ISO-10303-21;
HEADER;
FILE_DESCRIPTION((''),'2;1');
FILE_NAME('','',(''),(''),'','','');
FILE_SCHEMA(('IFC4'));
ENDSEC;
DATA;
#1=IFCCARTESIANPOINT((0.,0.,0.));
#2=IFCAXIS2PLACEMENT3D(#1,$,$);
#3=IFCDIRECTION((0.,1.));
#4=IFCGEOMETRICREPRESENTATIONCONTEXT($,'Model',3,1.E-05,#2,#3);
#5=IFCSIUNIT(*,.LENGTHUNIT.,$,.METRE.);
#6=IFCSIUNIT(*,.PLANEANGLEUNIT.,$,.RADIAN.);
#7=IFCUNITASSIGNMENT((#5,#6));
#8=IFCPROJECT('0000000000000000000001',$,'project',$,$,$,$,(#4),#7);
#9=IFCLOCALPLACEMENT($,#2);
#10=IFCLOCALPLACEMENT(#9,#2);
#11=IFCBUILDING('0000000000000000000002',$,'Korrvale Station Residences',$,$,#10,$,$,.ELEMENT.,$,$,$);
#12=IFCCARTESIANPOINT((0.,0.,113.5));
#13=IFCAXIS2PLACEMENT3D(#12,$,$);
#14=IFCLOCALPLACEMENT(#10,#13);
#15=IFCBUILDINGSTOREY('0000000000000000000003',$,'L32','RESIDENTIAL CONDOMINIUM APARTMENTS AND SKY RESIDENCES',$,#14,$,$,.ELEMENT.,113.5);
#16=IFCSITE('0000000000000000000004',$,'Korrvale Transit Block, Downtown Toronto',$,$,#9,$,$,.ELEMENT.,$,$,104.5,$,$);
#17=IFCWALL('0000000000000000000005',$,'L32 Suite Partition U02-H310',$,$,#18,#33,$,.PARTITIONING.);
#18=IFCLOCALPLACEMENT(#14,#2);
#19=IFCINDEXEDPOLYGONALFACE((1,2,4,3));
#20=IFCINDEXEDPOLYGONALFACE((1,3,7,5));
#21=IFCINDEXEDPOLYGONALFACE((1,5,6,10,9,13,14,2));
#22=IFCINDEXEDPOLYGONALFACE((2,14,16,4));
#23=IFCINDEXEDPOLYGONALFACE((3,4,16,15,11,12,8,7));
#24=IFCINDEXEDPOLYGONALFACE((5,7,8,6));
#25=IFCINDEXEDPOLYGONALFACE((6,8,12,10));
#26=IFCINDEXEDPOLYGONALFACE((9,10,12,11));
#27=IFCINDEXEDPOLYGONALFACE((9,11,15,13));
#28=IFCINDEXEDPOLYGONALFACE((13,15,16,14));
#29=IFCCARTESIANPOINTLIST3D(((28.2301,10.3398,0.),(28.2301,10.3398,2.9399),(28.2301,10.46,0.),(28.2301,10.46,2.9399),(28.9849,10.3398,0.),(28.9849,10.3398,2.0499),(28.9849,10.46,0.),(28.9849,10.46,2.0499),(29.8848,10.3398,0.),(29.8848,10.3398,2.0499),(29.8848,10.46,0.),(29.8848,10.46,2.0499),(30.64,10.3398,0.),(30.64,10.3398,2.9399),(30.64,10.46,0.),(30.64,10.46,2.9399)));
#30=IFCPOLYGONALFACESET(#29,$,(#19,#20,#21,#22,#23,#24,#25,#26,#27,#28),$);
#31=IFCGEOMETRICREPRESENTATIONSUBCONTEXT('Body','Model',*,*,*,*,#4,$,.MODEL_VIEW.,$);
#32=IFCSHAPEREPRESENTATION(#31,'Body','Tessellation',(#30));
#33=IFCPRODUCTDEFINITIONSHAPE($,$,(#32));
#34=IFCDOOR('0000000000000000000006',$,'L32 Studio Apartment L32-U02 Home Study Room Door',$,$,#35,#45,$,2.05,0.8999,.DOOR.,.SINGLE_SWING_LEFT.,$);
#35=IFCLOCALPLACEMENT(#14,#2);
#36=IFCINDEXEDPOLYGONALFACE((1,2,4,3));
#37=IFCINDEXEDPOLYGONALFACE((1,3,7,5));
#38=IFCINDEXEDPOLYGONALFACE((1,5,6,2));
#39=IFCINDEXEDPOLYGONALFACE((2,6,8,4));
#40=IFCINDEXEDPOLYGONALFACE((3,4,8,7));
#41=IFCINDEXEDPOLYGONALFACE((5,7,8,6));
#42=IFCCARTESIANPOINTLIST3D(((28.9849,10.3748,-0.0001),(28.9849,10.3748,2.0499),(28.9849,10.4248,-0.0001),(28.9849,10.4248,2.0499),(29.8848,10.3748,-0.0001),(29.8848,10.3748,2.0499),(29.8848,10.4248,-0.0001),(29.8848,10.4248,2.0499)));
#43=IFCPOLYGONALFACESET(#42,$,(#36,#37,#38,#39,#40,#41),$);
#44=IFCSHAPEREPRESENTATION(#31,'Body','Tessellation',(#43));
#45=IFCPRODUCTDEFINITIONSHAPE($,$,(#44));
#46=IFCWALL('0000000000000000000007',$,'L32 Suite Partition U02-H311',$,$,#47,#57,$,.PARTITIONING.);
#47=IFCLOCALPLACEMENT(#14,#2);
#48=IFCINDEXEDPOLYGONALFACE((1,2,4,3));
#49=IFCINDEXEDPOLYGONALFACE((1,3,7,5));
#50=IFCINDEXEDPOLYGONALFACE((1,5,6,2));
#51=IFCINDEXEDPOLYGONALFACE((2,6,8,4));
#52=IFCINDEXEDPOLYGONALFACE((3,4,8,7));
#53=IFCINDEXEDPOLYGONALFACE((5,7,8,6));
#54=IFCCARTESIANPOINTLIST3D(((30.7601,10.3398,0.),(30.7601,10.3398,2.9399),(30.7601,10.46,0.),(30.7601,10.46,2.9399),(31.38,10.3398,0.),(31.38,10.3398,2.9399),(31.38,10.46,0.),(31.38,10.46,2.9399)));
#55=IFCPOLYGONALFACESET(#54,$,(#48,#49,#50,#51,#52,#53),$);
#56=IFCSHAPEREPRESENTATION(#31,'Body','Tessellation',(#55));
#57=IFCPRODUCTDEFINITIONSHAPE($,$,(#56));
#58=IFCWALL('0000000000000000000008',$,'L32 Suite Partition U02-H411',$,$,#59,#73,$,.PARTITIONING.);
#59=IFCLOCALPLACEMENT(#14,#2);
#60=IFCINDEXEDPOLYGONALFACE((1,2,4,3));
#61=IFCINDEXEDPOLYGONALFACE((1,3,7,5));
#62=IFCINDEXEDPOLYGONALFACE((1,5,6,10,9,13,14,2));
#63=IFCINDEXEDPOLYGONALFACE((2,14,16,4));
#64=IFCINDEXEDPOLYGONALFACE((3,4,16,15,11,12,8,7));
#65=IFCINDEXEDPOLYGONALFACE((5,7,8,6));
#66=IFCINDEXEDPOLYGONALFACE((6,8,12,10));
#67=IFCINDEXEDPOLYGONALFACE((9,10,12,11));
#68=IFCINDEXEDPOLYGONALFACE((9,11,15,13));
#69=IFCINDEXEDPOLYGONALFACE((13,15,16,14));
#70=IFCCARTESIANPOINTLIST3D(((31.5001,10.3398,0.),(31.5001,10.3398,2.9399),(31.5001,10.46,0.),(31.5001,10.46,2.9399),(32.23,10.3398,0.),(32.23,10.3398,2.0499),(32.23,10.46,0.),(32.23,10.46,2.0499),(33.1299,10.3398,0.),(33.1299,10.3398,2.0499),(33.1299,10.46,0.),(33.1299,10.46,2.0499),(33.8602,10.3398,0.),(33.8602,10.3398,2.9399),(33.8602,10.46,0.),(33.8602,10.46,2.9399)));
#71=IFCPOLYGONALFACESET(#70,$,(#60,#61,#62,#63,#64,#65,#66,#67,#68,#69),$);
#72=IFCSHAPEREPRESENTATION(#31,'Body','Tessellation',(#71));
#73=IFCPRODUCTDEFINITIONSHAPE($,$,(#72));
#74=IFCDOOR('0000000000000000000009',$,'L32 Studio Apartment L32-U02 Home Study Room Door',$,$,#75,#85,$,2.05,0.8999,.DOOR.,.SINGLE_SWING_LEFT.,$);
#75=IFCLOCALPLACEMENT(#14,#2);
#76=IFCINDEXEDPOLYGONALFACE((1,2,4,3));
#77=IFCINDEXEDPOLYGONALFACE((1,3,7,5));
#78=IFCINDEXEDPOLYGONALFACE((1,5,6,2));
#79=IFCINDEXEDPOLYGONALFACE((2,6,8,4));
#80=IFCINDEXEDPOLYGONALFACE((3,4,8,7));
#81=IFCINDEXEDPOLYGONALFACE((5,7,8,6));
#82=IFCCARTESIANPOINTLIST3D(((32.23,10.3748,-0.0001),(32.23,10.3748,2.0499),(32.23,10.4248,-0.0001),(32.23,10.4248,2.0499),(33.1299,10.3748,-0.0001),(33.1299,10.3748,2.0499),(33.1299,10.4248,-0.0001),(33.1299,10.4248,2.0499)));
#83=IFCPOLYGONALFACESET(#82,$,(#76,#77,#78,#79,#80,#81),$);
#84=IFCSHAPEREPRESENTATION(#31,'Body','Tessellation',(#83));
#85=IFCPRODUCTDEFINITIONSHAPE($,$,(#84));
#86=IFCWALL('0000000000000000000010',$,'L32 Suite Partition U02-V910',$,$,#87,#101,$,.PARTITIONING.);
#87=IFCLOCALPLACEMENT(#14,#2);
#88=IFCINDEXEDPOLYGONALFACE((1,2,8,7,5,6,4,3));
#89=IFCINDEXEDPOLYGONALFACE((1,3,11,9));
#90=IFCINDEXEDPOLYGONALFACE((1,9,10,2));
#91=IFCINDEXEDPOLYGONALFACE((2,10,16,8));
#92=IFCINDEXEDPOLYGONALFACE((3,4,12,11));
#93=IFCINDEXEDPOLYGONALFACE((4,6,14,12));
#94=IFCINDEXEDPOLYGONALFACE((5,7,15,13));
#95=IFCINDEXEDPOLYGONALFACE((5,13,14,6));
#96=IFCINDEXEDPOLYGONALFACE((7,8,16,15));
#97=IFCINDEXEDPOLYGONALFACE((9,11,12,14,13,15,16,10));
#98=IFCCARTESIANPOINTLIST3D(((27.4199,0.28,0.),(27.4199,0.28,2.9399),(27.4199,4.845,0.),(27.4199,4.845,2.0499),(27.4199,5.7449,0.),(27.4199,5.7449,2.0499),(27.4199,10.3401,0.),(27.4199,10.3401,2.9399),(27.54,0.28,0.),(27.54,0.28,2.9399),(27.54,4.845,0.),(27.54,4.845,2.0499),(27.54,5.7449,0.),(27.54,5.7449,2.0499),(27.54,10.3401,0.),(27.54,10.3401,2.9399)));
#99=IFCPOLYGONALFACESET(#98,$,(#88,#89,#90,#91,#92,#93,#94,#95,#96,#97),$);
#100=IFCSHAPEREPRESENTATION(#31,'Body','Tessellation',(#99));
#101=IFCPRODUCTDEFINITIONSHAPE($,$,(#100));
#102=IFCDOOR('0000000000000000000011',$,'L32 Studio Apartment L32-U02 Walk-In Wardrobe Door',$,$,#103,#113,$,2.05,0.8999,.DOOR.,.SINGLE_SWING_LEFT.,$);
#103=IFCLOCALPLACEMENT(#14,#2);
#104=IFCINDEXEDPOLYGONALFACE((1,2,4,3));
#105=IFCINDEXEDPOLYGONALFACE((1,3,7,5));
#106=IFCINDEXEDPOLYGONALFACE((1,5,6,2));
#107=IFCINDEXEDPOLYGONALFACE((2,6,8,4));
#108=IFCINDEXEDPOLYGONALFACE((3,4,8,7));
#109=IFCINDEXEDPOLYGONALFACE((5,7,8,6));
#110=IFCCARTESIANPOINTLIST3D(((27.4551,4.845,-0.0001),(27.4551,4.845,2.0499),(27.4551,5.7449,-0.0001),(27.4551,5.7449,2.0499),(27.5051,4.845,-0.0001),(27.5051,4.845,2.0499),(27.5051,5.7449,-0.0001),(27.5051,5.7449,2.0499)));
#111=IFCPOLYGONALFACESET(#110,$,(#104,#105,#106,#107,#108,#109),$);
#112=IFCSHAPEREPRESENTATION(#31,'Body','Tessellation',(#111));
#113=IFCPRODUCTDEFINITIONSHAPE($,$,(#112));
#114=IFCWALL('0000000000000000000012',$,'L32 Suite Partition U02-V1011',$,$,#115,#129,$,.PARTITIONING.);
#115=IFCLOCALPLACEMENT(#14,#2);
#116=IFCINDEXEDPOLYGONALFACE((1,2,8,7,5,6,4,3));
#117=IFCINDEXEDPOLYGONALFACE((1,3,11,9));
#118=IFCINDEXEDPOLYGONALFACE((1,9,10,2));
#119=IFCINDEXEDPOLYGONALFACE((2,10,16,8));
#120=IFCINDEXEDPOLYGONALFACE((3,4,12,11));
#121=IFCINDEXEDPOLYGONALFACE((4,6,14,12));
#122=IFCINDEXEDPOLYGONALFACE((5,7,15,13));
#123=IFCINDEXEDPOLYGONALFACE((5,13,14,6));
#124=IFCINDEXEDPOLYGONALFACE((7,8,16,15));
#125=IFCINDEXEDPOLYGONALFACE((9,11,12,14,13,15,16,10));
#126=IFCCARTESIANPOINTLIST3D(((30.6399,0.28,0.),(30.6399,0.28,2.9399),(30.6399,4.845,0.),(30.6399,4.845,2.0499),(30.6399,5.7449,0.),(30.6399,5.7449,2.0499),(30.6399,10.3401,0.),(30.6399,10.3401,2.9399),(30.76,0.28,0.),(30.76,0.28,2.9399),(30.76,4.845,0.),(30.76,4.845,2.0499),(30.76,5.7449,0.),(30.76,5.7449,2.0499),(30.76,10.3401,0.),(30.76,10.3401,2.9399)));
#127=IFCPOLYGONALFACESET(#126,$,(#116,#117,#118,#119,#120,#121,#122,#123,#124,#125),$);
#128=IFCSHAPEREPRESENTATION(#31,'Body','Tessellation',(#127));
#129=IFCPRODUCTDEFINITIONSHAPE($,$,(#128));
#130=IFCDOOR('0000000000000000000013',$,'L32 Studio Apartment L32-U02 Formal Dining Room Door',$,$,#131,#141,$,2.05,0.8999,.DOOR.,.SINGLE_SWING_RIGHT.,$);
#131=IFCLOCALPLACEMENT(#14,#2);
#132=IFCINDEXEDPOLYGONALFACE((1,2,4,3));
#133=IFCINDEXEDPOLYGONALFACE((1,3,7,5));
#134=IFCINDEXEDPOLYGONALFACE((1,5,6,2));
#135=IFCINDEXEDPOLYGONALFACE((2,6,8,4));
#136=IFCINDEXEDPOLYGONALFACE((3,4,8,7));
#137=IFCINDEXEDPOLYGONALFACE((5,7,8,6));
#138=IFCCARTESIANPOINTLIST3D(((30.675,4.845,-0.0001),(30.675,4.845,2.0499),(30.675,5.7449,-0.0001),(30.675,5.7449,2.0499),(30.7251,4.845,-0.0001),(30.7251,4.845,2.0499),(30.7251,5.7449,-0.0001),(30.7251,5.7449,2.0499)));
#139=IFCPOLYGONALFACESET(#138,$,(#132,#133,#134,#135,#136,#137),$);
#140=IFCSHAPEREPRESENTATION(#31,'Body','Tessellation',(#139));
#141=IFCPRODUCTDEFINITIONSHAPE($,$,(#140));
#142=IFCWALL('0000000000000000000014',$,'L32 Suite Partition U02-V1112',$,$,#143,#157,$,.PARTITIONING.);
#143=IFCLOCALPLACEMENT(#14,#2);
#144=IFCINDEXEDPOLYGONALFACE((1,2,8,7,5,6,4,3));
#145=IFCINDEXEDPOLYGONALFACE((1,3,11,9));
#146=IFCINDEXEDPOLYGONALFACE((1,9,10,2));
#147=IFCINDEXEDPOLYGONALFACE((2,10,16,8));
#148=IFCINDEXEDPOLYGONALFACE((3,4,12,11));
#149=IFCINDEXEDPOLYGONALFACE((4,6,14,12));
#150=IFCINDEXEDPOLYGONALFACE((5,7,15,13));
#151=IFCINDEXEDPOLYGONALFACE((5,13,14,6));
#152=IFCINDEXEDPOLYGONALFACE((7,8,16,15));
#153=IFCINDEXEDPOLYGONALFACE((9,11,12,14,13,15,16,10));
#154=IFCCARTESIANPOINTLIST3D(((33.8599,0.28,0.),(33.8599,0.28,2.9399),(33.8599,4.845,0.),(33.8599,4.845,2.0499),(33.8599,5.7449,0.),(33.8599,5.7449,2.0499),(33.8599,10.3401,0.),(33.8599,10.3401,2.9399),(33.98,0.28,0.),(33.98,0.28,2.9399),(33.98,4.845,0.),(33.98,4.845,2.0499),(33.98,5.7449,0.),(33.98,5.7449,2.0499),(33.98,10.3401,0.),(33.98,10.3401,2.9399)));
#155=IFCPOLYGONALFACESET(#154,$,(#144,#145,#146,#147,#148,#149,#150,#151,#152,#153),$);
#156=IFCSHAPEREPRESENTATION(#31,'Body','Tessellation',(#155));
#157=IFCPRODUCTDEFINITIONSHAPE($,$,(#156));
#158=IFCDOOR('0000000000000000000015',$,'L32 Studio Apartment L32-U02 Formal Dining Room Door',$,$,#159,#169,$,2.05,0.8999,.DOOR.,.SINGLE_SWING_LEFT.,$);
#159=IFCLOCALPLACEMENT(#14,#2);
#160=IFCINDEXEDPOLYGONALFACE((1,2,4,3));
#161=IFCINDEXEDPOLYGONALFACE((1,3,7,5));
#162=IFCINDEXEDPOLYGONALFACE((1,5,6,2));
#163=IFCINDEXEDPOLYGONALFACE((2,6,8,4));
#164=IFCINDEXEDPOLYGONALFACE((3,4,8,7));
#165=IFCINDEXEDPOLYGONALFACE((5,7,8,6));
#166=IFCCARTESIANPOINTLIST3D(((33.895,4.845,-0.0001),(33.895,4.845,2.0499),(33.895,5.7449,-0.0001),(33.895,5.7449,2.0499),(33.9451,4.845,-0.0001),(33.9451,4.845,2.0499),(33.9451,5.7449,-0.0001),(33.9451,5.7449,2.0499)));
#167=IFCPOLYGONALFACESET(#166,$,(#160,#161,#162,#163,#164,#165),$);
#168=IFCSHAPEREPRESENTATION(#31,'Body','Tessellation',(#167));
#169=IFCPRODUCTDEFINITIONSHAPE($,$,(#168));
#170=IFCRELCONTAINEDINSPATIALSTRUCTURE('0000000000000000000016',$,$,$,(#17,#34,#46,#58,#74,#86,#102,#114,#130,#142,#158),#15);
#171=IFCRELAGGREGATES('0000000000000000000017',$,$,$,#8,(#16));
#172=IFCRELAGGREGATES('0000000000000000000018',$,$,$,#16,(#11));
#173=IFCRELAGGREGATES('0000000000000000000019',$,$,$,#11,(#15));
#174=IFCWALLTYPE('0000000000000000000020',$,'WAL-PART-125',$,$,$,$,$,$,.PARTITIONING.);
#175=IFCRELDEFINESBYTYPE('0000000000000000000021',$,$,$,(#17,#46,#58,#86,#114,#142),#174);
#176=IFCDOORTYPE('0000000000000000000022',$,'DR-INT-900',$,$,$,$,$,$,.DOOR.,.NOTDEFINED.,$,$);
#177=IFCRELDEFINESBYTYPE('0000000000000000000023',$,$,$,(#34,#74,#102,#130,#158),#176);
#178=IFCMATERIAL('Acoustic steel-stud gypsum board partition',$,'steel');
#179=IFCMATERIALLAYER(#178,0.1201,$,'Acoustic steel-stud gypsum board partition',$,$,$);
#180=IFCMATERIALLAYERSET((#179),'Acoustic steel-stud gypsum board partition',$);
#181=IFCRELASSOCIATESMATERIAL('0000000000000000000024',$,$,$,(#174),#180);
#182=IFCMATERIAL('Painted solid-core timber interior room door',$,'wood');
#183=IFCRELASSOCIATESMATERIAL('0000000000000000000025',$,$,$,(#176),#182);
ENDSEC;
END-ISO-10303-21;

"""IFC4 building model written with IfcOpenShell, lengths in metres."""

from ifc_helpers import new_model, si_unit, direction, frame, frame_2d, origin, place, context, subcontext, project, spatial, rectangle, extrude, material, layer, layer_set, type_object, element, fill, save


model = new_model("IFC4")

# Units and contexts
model_context = context("Model", 3, precision=1e-05, world=origin(), true_north=direction((0.0, 1.0)))
body_context = subcontext(model_context, "Body", "Model", "MODEL_VIEW")
ifc_project = project(units=[si_unit("LENGTHUNIT", "METRE"), si_unit("PLANEANGLEUNIT", "RADIAN")], contexts=[model_context])

# Site, building, storey
site_placement = place(None, origin())
site = spatial("IfcSite", under=ifc_project, at=site_placement, Name="Korrvale Transit Block, Downtown Toronto", CompositionType="ELEMENT", RefElevation=104.5)
building_placement = place(site_placement, origin())
building = spatial("IfcBuilding", under=site, at=building_placement, Name="Korrvale Station Residences", CompositionType="ELEMENT")
storey_placement = place(building_placement, frame((0.0, 0.0, 113.5)))
storey = spatial("IfcBuildingStorey", under=building, at=storey_placement, Name="L32", Description="RESIDENTIAL CONDOMINIUM APARTMENTS AND SKY RESIDENCES", CompositionType="ELEMENT", Elevation=113.5)

# Shared definitions
ifc_material_1 = material(Name="Acoustic steel-stud gypsum board partition", Category="steel")
ifc_layer_1 = layer(ifc_material_1, 0.1201, Name="Acoustic steel-stud gypsum board partition")
ifc_layer_set_1 = layer_set([ifc_layer_1], Name="Acoustic steel-stud gypsum board partition")
wall_type = type_object("IfcWallType", Name="WAL-PART-125", PredefinedType="PARTITIONING", material=ifc_layer_set_1)
ifc_material_2 = material(Name="Painted solid-core timber interior room door", Category="wood")
door_type = type_object("IfcDoorType", Name="DR-INT-900", OperationType="NOTDEFINED", PredefinedType="DOOR", material=ifc_material_2)

# Wall, opening, door
wall_1_placement = place(storey_placement, frame((28.23, 10.3999, 0.0), z_axis=(0.0, 0.0, 1.0), x_axis=(1.0, 0.0, 0.0)))
wall_1 = element("IfcWall", 1, at=wall_1_placement, inside=storey, type_object=wall_type, Name="L32 Suite Partition U02-H310", PredefinedType="PARTITIONING", context=body_context, shape_type="SweptSolid", body=[
    extrude(rectangle(XDim=2.4099, YDim=0.1201, at=frame_2d((1.2051, 0.0))), origin(), (0.0, 0.0, 1.0), 2.9399),
])
opening_1_placement = place(wall_1_placement, frame((0.7549, 0.0, 0.0)))
opening_1 = element("IfcOpeningElement", 2, at=opening_1_placement, cuts=wall_1, PredefinedType="OPENING", context=body_context, shape_type="SweptSolid", body=[
    extrude(rectangle(XDim=0.8999, YDim=2.05, at=frame_2d((0.45, 1.0249))), frame((0.0, 0.0701, 0.0), z_axis=(0.0, -1.0, 0.0), x_axis=(1.0, 0.0, 0.0)), (0.0, 0.0, 1.0), 0.1401),
])
door_1_placement = place(opening_1_placement, origin())
door_1 = element("IfcDoor", 3, at=door_1_placement, inside=storey, type_object=door_type, Name="L32 Studio Apartment L32-U02 Home Study Room Door", OperationType="SINGLE_SWING_LEFT", OverallHeight=2.05, OverallWidth=0.8999, PredefinedType="DOOR", context=body_context, shape_type="SweptSolid", body=[
    extrude(rectangle(XDim=0.8999, YDim=2.05, at=frame_2d((0.45, 1.0249))), frame((0.0, 0.0249, 0.0), z_axis=(0.0, -1.0, 0.0), x_axis=(1.0, 0.0, 0.0)), (0.0, 0.0, 1.0), 0.05),
])
fill(opening_1, door_1)

# Wall
wall_2_placement = place(storey_placement, frame((30.76, 10.3999, 0.0), z_axis=(0.0, 0.0, 1.0), x_axis=(1.0, 0.0, 0.0)))
element("IfcWall", 4, at=wall_2_placement, inside=storey, type_object=wall_type, Name="L32 Suite Partition U02-H311", PredefinedType="PARTITIONING", context=body_context, shape_type="SweptSolid", body=[
    extrude(rectangle(XDim=0.6199, YDim=0.1201, at=frame_2d((0.3101, 0.0))), origin(), (0.0, 0.0, 1.0), 2.9399),
])

# Walls, openings, doors
wall_3_placement = place(storey_placement, frame((31.5, 10.3999, 0.0), z_axis=(0.0, 0.0, 1.0), x_axis=(1.0, 0.0, 0.0)))
wall_3 = element("IfcWall", 5, at=wall_3_placement, inside=storey, type_object=wall_type, Name="L32 Suite Partition U02-H411", PredefinedType="PARTITIONING", context=body_context, shape_type="SweptSolid", body=[
    extrude(rectangle(XDim=2.3601, YDim=0.1201, at=frame_2d((1.1802, 0.0))), origin(), (0.0, 0.0, 1.0), 2.9399),
])
opening_2_placement = place(wall_3_placement, frame((0.73, 0.0, 0.0)))
opening_2 = element("IfcOpeningElement", 6, at=opening_2_placement, cuts=wall_3, PredefinedType="OPENING", context=body_context, shape_type="SweptSolid", body=[
    extrude(rectangle(XDim=0.8999, YDim=2.05, at=frame_2d((0.45, 1.0249))), frame((0.0, 0.0701, 0.0), z_axis=(0.0, -1.0, 0.0), x_axis=(1.0, 0.0, 0.0)), (0.0, 0.0, 1.0), 0.1401),
])
door_2_placement = place(opening_2_placement, origin())
door_2 = element("IfcDoor", 7, at=door_2_placement, inside=storey, type_object=door_type, Name="L32 Studio Apartment L32-U02 Home Study Room Door", OperationType="SINGLE_SWING_LEFT", OverallHeight=2.05, OverallWidth=0.8999, PredefinedType="DOOR", context=body_context, shape_type="SweptSolid", body=[
    extrude(rectangle(XDim=0.8999, YDim=2.05, at=frame_2d((0.45, 1.0249))), frame((0.0, 0.0249, 0.0), z_axis=(0.0, -1.0, 0.0), x_axis=(1.0, 0.0, 0.0)), (0.0, 0.0, 1.0), 0.05),
])
fill(opening_2, door_2)
wall_4_placement = place(storey_placement, frame((27.48, 0.28, 0.0), z_axis=(0.0, 0.0, 1.0), x_axis=(0.0, 1.0, 0.0)))
wall_4 = element("IfcWall", 8, at=wall_4_placement, inside=storey, type_object=wall_type, Name="L32 Suite Partition U02-V910", PredefinedType="PARTITIONING", context=body_context, shape_type="SweptSolid", body=[
    extrude(rectangle(XDim=10.0601, YDim=0.1201, at=frame_2d((5.03, 0.0))), origin(), (0.0, 0.0, 1.0), 2.9399),
])
opening_3_placement = place(wall_4_placement, frame((4.5649, 0.0, 0.0)))
opening_3 = element("IfcOpeningElement", 9, at=opening_3_placement, cuts=wall_4, PredefinedType="OPENING", context=body_context, shape_type="SweptSolid", body=[
    extrude(rectangle(XDim=0.8999, YDim=2.05, at=frame_2d((0.45, 1.0249))), frame((0.0, 0.0701, 0.0), z_axis=(0.0, -1.0, 0.0), x_axis=(1.0, 0.0, 0.0)), (0.0, 0.0, 1.0), 0.1401),
])
door_3_placement = place(opening_3_placement, origin())
door_3 = element("IfcDoor", 10, at=door_3_placement, inside=storey, type_object=door_type, Name="L32 Studio Apartment L32-U02 Walk-In Wardrobe Door", OperationType="SINGLE_SWING_LEFT", OverallHeight=2.05, OverallWidth=0.8999, PredefinedType="DOOR", context=body_context, shape_type="SweptSolid", body=[
    extrude(rectangle(XDim=0.8999, YDim=2.05, at=frame_2d((0.45, 1.0249))), frame((0.0, 0.0249, 0.0), z_axis=(0.0, -1.0, 0.0), x_axis=(1.0, 0.0, 0.0)), (0.0, 0.0, 1.0), 0.05),
])
fill(opening_3, door_3)
wall_5_placement = place(storey_placement, frame((30.7, 0.28, 0.0), z_axis=(0.0, 0.0, 1.0), x_axis=(0.0, 1.0, 0.0)))
wall_5 = element("IfcWall", 11, at=wall_5_placement, inside=storey, type_object=wall_type, Name="L32 Suite Partition U02-V1011", PredefinedType="PARTITIONING", context=body_context, shape_type="SweptSolid", body=[
    extrude(rectangle(XDim=10.0601, YDim=0.1201, at=frame_2d((5.03, 0.0))), origin(), (0.0, 0.0, 1.0), 2.9399),
])
opening_4_placement = place(wall_5_placement, frame((4.5649, 0.0, 0.0)))
opening_4 = element("IfcOpeningElement", 12, at=opening_4_placement, cuts=wall_5, PredefinedType="OPENING", context=body_context, shape_type="SweptSolid", body=[
    extrude(rectangle(XDim=0.8999, YDim=2.05, at=frame_2d((0.45, 1.0249))), frame((0.0, 0.0701, 0.0), z_axis=(0.0, -1.0, 0.0), x_axis=(1.0, 0.0, 0.0)), (0.0, 0.0, 1.0), 0.1401),
])
door_4_placement = place(opening_4_placement, origin())
door_4 = element("IfcDoor", 13, at=door_4_placement, inside=storey, type_object=door_type, Name="L32 Studio Apartment L32-U02 Formal Dining Room Door", OperationType="SINGLE_SWING_RIGHT", OverallHeight=2.05, OverallWidth=0.8999, PredefinedType="DOOR", context=body_context, shape_type="SweptSolid", body=[
    extrude(rectangle(XDim=0.8999, YDim=2.05, at=frame_2d((0.45, 1.0249))), frame((0.0, 0.0249, 0.0), z_axis=(0.0, -1.0, 0.0), x_axis=(1.0, 0.0, 0.0)), (0.0, 0.0, 1.0), 0.05),
])
fill(opening_4, door_4)
wall_6_placement = place(storey_placement, frame((33.9199, 0.28, 0.0), z_axis=(0.0, 0.0, 1.0), x_axis=(0.0, 1.0, 0.0)))
wall_6 = element("IfcWall", 14, at=wall_6_placement, inside=storey, type_object=wall_type, Name="L32 Suite Partition U02-V1112", PredefinedType="PARTITIONING", context=body_context, shape_type="SweptSolid", body=[
    extrude(rectangle(XDim=10.0601, YDim=0.1201, at=frame_2d((5.03, 0.0))), origin(), (0.0, 0.0, 1.0), 2.9399),
])
opening_5_placement = place(wall_6_placement, frame((4.5649, 0.0, 0.0)))
opening_5 = element("IfcOpeningElement", 15, at=opening_5_placement, cuts=wall_6, PredefinedType="OPENING", context=body_context, shape_type="SweptSolid", body=[
    extrude(rectangle(XDim=0.8999, YDim=2.05, at=frame_2d((0.45, 1.0249))), frame((0.0, 0.0701, 0.0), z_axis=(0.0, -1.0, 0.0), x_axis=(1.0, 0.0, 0.0)), (0.0, 0.0, 1.0), 0.1401),
])
door_5_placement = place(opening_5_placement, origin())
door_5 = element("IfcDoor", 16, at=door_5_placement, inside=storey, type_object=door_type, Name="L32 Studio Apartment L32-U02 Formal Dining Room Door", OperationType="SINGLE_SWING_LEFT", OverallHeight=2.05, OverallWidth=0.8999, PredefinedType="DOOR", context=body_context, shape_type="SweptSolid", body=[
    extrude(rectangle(XDim=0.8999, YDim=2.05, at=frame_2d((0.45, 1.0249))), frame((0.0, 0.0249, 0.0), z_axis=(0.0, -1.0, 0.0), x_axis=(1.0, 0.0, 0.0)), (0.0, 0.0, 1.0), 0.05),
])
fill(opening_5, door_5)

save(model, "model.ifc")
